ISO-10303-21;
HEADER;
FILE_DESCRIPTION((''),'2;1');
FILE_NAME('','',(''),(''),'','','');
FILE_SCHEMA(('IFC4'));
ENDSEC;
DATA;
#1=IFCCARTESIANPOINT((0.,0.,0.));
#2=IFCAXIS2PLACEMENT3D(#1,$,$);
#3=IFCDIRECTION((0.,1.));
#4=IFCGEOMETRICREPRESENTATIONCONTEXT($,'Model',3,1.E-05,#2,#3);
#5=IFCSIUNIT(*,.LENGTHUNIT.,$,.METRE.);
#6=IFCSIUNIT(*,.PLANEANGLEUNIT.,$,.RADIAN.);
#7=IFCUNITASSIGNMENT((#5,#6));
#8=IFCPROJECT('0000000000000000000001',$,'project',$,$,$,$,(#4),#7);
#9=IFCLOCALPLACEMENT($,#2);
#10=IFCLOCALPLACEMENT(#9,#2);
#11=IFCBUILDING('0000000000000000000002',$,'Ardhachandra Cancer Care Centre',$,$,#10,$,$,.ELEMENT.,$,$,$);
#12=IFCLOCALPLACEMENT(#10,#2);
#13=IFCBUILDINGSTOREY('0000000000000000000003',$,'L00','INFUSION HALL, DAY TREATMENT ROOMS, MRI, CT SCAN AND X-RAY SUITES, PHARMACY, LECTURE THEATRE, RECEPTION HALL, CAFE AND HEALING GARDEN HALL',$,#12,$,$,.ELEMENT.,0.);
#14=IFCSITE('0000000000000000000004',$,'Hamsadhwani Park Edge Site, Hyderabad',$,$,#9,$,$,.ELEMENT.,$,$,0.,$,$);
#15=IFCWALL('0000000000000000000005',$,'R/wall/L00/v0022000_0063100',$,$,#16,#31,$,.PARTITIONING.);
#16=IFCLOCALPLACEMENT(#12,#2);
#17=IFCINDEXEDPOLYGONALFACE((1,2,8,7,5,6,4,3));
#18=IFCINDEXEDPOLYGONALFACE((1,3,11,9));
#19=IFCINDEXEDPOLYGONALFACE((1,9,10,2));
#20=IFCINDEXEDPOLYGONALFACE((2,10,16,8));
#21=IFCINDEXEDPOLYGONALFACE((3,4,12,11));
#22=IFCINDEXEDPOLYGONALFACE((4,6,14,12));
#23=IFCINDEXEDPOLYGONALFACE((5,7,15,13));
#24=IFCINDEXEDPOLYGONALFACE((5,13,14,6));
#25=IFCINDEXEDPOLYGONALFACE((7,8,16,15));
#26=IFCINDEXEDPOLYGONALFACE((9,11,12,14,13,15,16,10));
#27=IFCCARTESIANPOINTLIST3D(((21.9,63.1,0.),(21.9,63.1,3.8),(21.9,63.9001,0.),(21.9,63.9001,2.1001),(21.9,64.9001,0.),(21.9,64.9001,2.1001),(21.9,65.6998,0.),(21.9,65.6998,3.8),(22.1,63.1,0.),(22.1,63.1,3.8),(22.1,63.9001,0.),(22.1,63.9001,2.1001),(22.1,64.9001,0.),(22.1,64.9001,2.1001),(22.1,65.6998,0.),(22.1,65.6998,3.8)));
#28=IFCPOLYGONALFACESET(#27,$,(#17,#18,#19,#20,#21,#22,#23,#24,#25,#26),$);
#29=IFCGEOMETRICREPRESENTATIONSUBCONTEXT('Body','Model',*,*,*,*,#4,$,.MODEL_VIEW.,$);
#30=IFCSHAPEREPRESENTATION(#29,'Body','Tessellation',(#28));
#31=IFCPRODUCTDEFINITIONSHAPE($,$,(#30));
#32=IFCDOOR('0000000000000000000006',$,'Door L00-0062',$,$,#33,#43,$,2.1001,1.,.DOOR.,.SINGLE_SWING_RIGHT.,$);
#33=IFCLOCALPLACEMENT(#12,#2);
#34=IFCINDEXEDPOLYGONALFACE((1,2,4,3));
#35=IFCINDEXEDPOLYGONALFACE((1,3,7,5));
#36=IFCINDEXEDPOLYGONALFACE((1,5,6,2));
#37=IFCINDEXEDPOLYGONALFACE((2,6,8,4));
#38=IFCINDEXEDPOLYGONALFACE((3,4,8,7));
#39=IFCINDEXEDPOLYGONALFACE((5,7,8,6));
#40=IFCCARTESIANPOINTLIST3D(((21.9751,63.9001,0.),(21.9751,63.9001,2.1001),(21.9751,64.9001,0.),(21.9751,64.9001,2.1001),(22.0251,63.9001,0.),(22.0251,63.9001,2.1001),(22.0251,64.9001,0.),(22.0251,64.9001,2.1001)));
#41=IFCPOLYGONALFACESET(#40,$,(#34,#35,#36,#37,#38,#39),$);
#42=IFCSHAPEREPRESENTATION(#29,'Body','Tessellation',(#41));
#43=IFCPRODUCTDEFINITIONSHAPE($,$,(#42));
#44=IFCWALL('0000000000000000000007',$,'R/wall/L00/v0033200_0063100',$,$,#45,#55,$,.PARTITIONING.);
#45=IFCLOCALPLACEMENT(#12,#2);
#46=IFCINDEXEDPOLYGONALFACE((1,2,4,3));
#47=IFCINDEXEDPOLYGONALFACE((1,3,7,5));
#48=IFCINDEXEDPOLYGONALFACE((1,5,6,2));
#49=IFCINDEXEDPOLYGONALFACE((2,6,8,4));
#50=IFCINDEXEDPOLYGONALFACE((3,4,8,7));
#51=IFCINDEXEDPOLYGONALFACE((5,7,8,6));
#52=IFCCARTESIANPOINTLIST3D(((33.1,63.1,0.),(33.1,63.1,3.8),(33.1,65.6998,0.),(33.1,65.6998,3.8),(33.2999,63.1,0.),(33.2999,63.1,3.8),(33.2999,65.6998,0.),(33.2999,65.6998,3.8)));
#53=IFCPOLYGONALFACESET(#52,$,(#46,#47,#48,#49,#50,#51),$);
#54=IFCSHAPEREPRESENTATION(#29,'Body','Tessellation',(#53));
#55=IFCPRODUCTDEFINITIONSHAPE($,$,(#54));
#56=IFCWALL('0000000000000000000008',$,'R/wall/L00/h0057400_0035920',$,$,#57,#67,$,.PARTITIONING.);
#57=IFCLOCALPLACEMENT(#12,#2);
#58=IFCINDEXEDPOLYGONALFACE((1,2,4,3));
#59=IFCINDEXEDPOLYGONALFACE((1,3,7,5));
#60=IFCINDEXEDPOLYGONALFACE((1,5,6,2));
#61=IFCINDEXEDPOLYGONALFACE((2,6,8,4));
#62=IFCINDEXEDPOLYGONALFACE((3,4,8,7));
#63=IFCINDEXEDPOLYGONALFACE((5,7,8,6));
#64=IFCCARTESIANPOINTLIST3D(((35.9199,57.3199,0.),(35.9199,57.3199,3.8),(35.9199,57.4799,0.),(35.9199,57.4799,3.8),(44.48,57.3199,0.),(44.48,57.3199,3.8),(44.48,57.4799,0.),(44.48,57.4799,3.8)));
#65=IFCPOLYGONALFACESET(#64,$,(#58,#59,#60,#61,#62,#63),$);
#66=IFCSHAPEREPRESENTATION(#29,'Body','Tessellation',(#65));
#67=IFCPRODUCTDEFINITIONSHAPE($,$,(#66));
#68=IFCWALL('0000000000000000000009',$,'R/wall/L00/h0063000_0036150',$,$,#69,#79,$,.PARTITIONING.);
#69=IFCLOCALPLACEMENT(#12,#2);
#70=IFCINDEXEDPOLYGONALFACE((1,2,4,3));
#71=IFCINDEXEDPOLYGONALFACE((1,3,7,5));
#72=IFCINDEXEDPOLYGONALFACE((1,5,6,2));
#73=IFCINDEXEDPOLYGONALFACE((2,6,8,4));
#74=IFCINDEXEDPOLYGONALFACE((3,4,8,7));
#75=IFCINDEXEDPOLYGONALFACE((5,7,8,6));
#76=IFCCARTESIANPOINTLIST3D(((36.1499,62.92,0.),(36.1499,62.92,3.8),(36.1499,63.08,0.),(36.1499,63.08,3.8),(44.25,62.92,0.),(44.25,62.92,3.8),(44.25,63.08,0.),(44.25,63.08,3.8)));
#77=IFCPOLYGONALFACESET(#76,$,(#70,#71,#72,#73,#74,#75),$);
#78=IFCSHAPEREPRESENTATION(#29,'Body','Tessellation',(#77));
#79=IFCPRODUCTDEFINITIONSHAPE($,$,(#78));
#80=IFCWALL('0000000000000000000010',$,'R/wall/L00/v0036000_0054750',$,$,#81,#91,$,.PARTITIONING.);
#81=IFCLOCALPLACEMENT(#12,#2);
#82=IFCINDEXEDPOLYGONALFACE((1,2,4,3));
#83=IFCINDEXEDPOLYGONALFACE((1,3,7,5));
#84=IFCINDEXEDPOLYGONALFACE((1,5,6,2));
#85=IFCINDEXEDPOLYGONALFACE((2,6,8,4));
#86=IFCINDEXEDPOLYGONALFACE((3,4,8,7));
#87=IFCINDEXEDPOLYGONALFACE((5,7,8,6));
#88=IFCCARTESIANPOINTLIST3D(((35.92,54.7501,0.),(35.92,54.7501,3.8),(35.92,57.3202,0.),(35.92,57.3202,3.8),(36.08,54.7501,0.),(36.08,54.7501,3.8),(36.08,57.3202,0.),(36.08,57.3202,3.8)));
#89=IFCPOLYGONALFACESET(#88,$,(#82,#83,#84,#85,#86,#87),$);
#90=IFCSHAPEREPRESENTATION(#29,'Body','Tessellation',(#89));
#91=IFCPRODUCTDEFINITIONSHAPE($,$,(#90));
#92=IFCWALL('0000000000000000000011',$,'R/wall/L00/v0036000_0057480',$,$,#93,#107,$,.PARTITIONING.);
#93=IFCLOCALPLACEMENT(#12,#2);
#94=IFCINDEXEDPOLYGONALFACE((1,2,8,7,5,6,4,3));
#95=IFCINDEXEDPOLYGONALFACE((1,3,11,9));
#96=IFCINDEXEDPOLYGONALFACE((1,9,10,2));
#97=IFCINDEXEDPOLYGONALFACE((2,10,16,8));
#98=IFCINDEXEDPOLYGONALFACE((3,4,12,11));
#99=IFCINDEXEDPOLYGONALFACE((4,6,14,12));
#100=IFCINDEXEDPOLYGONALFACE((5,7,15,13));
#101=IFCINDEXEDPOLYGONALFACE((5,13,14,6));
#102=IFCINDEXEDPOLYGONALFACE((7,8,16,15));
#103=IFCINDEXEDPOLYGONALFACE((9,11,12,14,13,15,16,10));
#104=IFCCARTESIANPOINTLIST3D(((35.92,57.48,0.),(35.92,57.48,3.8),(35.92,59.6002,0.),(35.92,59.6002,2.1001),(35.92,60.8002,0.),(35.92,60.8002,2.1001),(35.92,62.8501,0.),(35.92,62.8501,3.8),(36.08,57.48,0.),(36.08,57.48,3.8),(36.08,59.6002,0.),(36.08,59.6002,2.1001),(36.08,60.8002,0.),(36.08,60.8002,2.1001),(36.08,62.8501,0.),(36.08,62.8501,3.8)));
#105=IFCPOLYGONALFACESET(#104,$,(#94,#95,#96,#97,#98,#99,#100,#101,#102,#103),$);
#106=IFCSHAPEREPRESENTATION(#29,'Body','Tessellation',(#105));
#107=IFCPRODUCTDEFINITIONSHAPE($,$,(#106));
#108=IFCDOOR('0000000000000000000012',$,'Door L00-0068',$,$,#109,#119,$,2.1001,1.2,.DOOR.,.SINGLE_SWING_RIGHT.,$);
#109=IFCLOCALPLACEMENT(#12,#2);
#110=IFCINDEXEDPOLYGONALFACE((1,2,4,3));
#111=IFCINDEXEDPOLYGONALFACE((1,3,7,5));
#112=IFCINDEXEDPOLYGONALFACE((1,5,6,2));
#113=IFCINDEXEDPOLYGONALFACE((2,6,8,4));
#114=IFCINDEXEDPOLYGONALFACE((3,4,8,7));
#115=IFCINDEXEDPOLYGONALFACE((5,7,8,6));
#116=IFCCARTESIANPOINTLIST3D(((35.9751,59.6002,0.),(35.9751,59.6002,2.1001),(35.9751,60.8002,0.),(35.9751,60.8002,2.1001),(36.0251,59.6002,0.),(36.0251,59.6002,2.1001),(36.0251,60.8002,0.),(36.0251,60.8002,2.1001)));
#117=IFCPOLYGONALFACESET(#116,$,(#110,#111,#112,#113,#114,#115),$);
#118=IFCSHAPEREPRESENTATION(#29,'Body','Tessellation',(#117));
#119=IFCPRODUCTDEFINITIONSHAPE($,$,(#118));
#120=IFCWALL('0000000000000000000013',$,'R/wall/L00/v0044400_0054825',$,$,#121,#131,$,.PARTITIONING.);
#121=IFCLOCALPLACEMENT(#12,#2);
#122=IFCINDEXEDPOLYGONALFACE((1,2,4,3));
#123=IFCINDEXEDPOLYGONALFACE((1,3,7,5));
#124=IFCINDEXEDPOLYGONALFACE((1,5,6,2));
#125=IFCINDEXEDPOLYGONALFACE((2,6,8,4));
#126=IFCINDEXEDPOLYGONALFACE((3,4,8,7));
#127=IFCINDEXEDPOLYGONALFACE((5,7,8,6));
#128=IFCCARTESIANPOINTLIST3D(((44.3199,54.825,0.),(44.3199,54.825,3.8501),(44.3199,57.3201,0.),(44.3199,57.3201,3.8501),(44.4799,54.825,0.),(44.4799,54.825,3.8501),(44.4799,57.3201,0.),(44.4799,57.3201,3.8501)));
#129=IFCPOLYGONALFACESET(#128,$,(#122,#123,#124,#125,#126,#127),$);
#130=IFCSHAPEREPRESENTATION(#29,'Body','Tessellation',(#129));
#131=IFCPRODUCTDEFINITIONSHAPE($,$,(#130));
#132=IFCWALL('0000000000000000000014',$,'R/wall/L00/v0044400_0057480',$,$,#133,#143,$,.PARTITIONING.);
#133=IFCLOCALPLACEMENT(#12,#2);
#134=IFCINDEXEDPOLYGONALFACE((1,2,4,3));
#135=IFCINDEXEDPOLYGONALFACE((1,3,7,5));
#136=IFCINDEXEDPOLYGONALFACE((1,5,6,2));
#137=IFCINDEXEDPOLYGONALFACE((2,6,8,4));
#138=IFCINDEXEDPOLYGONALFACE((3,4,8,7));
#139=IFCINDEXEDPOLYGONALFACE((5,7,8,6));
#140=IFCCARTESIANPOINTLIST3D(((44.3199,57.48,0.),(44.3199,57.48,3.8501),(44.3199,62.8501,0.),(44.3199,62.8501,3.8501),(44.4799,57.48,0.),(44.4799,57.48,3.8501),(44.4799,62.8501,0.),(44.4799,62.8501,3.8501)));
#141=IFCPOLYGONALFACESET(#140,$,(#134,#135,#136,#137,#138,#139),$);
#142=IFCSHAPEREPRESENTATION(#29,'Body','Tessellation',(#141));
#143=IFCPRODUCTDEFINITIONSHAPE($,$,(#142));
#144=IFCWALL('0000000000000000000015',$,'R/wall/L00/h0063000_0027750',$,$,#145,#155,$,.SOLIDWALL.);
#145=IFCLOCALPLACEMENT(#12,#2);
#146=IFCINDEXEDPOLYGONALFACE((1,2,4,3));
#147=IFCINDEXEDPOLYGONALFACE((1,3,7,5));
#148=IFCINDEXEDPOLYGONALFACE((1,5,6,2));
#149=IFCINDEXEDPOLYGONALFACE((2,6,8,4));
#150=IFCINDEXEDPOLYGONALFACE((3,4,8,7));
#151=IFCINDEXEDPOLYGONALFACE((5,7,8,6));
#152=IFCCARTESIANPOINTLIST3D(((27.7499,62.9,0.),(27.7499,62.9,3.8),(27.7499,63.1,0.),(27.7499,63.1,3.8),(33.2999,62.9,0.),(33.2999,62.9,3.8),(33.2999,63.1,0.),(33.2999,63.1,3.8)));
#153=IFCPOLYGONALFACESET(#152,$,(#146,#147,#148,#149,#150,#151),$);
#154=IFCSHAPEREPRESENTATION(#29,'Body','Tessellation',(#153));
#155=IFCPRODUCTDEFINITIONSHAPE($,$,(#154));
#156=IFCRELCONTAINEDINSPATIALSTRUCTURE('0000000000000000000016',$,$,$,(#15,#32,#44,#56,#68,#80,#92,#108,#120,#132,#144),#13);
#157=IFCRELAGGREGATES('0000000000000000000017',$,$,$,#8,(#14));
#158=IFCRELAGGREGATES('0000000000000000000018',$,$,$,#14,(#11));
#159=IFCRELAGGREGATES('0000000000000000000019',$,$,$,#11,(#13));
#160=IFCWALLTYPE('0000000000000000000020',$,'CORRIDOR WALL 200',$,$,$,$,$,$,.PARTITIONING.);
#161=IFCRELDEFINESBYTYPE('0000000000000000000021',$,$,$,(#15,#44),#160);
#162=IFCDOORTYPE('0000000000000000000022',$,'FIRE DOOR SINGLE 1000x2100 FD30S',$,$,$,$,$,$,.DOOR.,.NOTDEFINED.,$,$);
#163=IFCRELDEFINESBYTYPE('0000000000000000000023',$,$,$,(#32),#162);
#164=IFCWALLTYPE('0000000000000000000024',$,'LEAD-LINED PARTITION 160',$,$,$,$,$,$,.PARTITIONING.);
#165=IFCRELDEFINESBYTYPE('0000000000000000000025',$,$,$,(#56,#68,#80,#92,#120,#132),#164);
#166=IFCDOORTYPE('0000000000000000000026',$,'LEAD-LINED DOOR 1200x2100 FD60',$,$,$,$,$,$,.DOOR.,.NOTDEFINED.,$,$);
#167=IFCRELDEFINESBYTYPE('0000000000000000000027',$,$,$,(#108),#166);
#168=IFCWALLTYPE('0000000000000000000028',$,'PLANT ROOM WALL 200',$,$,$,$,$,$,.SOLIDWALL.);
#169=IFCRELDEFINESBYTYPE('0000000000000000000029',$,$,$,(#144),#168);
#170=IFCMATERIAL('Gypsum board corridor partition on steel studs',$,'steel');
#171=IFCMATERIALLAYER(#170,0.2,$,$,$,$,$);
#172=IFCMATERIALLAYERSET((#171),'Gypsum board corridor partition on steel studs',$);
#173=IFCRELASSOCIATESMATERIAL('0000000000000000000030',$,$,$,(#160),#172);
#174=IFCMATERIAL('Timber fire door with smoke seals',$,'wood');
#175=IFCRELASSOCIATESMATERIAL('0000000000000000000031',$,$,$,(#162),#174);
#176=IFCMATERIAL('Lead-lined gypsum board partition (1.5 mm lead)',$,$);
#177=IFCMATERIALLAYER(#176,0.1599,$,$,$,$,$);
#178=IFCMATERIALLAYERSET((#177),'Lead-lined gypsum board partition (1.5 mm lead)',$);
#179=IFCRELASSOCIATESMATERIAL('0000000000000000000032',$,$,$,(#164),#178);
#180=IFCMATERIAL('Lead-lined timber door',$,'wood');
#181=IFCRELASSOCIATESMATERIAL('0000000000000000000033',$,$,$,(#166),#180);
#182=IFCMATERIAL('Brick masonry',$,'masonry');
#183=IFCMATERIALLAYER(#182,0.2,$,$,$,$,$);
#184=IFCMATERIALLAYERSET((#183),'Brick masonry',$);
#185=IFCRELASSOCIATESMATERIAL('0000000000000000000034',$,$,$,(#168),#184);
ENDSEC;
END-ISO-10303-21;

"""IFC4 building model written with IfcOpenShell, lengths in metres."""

from ifc_helpers import new_model, si_unit, direction, frame, frame_2d, origin, place, context, subcontext, project, spatial, rectangle, extrude, material, layer, layer_set, type_object, element, fill, save


model = new_model("IFC4")

# Units and contexts
model_context = context("Model", 3, precision=1e-05, world=origin(), true_north=direction((0.0, 1.0)))
body_context = subcontext(model_context, "Body", "Model", "MODEL_VIEW")
ifc_project = project(units=[si_unit("LENGTHUNIT", "METRE"), si_unit("PLANEANGLEUNIT", "RADIAN")], contexts=[model_context])

# Site, building, storey
site_placement = place(None, origin())
site = spatial("IfcSite", under=ifc_project, at=site_placement, Name="Hamsadhwani Park Edge Site, Hyderabad", CompositionType="ELEMENT", RefElevation=0.0)
building_placement = place(site_placement, origin())
building = spatial("IfcBuilding", under=site, at=building_placement, Name="Ardhachandra Cancer Care Centre", CompositionType="ELEMENT")
storey_placement = place(building_placement, origin())
storey = spatial("IfcBuildingStorey", under=building, at=storey_placement, Name="L00", Description="INFUSION HALL, DAY TREATMENT ROOMS, MRI, CT SCAN AND X-RAY SUITES, PHARMACY, LECTURE THEATRE, RECEPTION HALL, CAFE AND HEALING GARDEN HALL", CompositionType="ELEMENT", Elevation=0.0)

# Wall, opening, door
ifc_material_1 = material(Name="Gypsum board corridor partition on steel studs", Category="steel")
ifc_layer_1 = layer(ifc_material_1, 0.2)
ifc_layer_set_1 = layer_set([ifc_layer_1], Name="Gypsum board corridor partition on steel studs")
wall_type_1 = type_object("IfcWallType", Name="CORRIDOR WALL 200", PredefinedType="PARTITIONING", material=ifc_layer_set_1)
wall_1_placement = place(storey_placement, frame((22.0, 63.1001, 0.0), z_axis=(0.0, 0.0, 1.0), x_axis=(0.0, 1.0, 0.0)))
wall_1 = element("IfcWall", 1, at=wall_1_placement, inside=storey, type_object=wall_type_1, Name="R/wall/L00/v0022000_0063100", PredefinedType="PARTITIONING", context=body_context, shape_type="SweptSolid", body=[
    extrude(rectangle(XDim=2.5999, YDim=0.2, at=frame_2d((1.2998, 0.0))), origin(), (0.0, 0.0, 1.0), 3.8),
])
opening_1_placement = place(wall_1_placement, frame((0.8, 0.0, 0.0)))
opening_1 = element("IfcOpeningElement", 2, at=opening_1_placement, cuts=wall_1, PredefinedType="OPENING", context=body_context, shape_type="SweptSolid", body=[
    extrude(rectangle(XDim=1.0, YDim=2.1001, at=frame_2d((0.5, 1.05))), frame((0.0, 0.1099, 0.0), z_axis=(0.0, -1.0, 0.0), x_axis=(1.0, 0.0, 0.0)), (0.0, 0.0, 1.0), 0.22),
])
ifc_material_2 = material(Name="Timber fire door with smoke seals", Category="wood")
door_type_1 = type_object("IfcDoorType", Name="FIRE DOOR SINGLE 1000x2100 FD30S", OperationType="NOTDEFINED", PredefinedType="DOOR", material=ifc_material_2)
door_1_placement = place(opening_1_placement, origin())
door_1 = element("IfcDoor", 3, at=door_1_placement, inside=storey, type_object=door_type_1, Name="Door L00-0062", OperationType="SINGLE_SWING_RIGHT", OverallHeight=2.1001, OverallWidth=1.0, PredefinedType="DOOR", context=body_context, shape_type="SweptSolid", body=[
    extrude(rectangle(XDim=1.0, YDim=2.1001, at=frame_2d((0.5, 1.05))), frame((0.0, 0.0249, 0.0), z_axis=(0.0, -1.0, 0.0), x_axis=(1.0, 0.0, 0.0)), (0.0, 0.0, 1.0), 0.05),
])
fill(opening_1, door_1)

# Walls
wall_2_placement = place(storey_placement, frame((33.2, 63.1001, 0.0), z_axis=(0.0, 0.0, 1.0), x_axis=(0.0, 1.0, 0.0)))
element("IfcWall", 4, at=wall_2_placement, inside=storey, type_object=wall_type_1, Name="R/wall/L00/v0033200_0063100", PredefinedType="PARTITIONING", context=body_context, shape_type="SweptSolid", body=[
    extrude(rectangle(XDim=2.5999, YDim=0.2, at=frame_2d((1.2998, 0.0))), origin(), (0.0, 0.0, 1.0), 3.8),
])
ifc_material_3 = material(Name="Lead-lined gypsum board partition (1.5 mm lead)")
ifc_layer_2 = layer(ifc_material_3, 0.1599)
ifc_layer_set_2 = layer_set([ifc_layer_2], Name="Lead-lined gypsum board partition (1.5 mm lead)")
wall_type_2 = type_object("IfcWallType", Name="LEAD-LINED PARTITION 160", PredefinedType="PARTITIONING", material=ifc_layer_set_2)
wall_3_placement = place(storey_placement, frame((35.9199, 57.3999, 0.0), z_axis=(0.0, 0.0, 1.0), x_axis=(1.0, 0.0, 0.0)))
element("IfcWall", 5, at=wall_3_placement, inside=storey, type_object=wall_type_2, Name="R/wall/L00/h0057400_0035920", PredefinedType="PARTITIONING", context=body_context, shape_type="SweptSolid", body=[
    extrude(rectangle(XDim=8.5601, YDim=0.1599, at=frame_2d((4.28, 0.0))), origin(), (0.0, 0.0, 1.0), 3.8),
])
wall_4_placement = place(storey_placement, frame((36.1499, 63.0, 0.0), z_axis=(0.0, 0.0, 1.0), x_axis=(1.0, 0.0, 0.0)))
element("IfcWall", 6, at=wall_4_placement, inside=storey, type_object=wall_type_2, Name="R/wall/L00/h0063000_0036150", PredefinedType="PARTITIONING", context=body_context, shape_type="SweptSolid", body=[
    extrude(rectangle(XDim=8.1001, YDim=0.1599, at=frame_2d((4.05, 0.0))), origin(), (0.0, 0.0, 1.0), 3.8),
])
wall_5_placement = place(storey_placement, frame((36.0, 54.75, 0.0), z_axis=(0.0, 0.0, 1.0), x_axis=(0.0, 1.0, 0.0)))
element("IfcWall", 7, at=wall_5_placement, inside=storey, type_object=wall_type_2, Name="R/wall/L00/v0036000_0054750", PredefinedType="PARTITIONING", context=body_context, shape_type="SweptSolid", body=[
    extrude(rectangle(XDim=2.5701, YDim=0.1599, at=frame_2d((1.2852, 0.0))), origin(), (0.0, 0.0, 1.0), 3.8),
])

# Wall, opening, door
wall_6_placement = place(storey_placement, frame((36.0, 57.48, 0.0), z_axis=(0.0, 0.0, 1.0), x_axis=(0.0, 1.0, 0.0)))
wall_6 = element("IfcWall", 8, at=wall_6_placement, inside=storey, type_object=wall_type_2, Name="R/wall/L00/v0036000_0057480", PredefinedType="PARTITIONING", context=body_context, shape_type="SweptSolid", body=[
    extrude(rectangle(XDim=5.3701, YDim=0.1599, at=frame_2d((2.6851, 0.0))), origin(), (0.0, 0.0, 1.0), 3.8),
])
opening_2_placement = place(wall_6_placement, frame((2.1201, 0.0, 0.0)))
opening_2 = element("IfcOpeningElement", 9, at=opening_2_placement, cuts=wall_6, PredefinedType="OPENING", context=body_context, shape_type="SweptSolid", body=[
    extrude(rectangle(XDim=1.2, YDim=2.1001, at=frame_2d((0.6001, 1.05))), frame((0.0, 0.0898, 0.0), z_axis=(0.0, -1.0, 0.0), x_axis=(1.0, 0.0, 0.0)), (0.0, 0.0, 1.0), 0.1799),
])
ifc_material_4 = material(Name="Lead-lined timber door", Category="wood")
door_type_2 = type_object("IfcDoorType", Name="LEAD-LINED DOOR 1200x2100 FD60", OperationType="NOTDEFINED", PredefinedType="DOOR", material=ifc_material_4)
door_2_placement = place(opening_2_placement, origin())
door_2 = element("IfcDoor", 10, at=door_2_placement, inside=storey, type_object=door_type_2, Name="Door L00-0068", OperationType="SINGLE_SWING_RIGHT", OverallHeight=2.1001, OverallWidth=1.2, PredefinedType="DOOR", context=body_context, shape_type="SweptSolid", body=[
    extrude(rectangle(XDim=1.2, YDim=2.1001, at=frame_2d((0.6001, 1.05))), frame((0.0, 0.0249, 0.0), z_axis=(0.0, -1.0, 0.0), x_axis=(1.0, 0.0, 0.0)), (0.0, 0.0, 1.0), 0.05),
])
fill(opening_2, door_2)

# Walls
wall_7_placement = place(storey_placement, frame((44.3999, 54.825, 0.0), z_axis=(0.0, 0.0, 1.0), x_axis=(0.0, 1.0, 0.0)))
element("IfcWall", 11, at=wall_7_placement, inside=storey, type_object=wall_type_2, Name="R/wall/L00/v0044400_0054825", PredefinedType="PARTITIONING", context=body_context, shape_type="SweptSolid", body=[
    extrude(rectangle(XDim=2.4951, YDim=0.1599, at=frame_2d((1.2476, 0.0))), origin(), (0.0, 0.0, 1.0), 3.8501),
])
wall_8_placement = place(storey_placement, frame((44.3999, 57.48, 0.0), z_axis=(0.0, 0.0, 1.0), x_axis=(0.0, 1.0, 0.0)))
element("IfcWall", 12, at=wall_8_placement, inside=storey, type_object=wall_type_2, Name="R/wall/L00/v0044400_0057480", PredefinedType="PARTITIONING", context=body_context, shape_type="SweptSolid", body=[
    extrude(rectangle(XDim=5.3701, YDim=0.1599, at=frame_2d((2.6851, 0.0))), origin(), (0.0, 0.0, 1.0), 3.8501),
])
ifc_material_5 = material(Name="Brick masonry", Category="masonry")
ifc_layer_3 = layer(ifc_material_5, 0.2)
ifc_layer_set_3 = layer_set([ifc_layer_3], Name="Brick masonry")
wall_type_3 = type_object("IfcWallType", Name="PLANT ROOM WALL 200", PredefinedType="SOLIDWALL", material=ifc_layer_set_3)
wall_9_placement = place(storey_placement, frame((27.75, 63.0, 0.0), z_axis=(0.0, 0.0, 1.0), x_axis=(1.0, 0.0, 0.0)))
element("IfcWall", 13, at=wall_9_placement, inside=storey, type_object=wall_type_3, Name="R/wall/L00/h0063000_0027750", PredefinedType="SOLIDWALL", context=body_context, shape_type="SweptSolid", body=[
    extrude(rectangle(XDim=5.55, YDim=0.2, at=frame_2d((2.7749, 0.0))), origin(), (0.0, 0.0, 1.0), 3.8),
])

save(model, "model.ifc")
